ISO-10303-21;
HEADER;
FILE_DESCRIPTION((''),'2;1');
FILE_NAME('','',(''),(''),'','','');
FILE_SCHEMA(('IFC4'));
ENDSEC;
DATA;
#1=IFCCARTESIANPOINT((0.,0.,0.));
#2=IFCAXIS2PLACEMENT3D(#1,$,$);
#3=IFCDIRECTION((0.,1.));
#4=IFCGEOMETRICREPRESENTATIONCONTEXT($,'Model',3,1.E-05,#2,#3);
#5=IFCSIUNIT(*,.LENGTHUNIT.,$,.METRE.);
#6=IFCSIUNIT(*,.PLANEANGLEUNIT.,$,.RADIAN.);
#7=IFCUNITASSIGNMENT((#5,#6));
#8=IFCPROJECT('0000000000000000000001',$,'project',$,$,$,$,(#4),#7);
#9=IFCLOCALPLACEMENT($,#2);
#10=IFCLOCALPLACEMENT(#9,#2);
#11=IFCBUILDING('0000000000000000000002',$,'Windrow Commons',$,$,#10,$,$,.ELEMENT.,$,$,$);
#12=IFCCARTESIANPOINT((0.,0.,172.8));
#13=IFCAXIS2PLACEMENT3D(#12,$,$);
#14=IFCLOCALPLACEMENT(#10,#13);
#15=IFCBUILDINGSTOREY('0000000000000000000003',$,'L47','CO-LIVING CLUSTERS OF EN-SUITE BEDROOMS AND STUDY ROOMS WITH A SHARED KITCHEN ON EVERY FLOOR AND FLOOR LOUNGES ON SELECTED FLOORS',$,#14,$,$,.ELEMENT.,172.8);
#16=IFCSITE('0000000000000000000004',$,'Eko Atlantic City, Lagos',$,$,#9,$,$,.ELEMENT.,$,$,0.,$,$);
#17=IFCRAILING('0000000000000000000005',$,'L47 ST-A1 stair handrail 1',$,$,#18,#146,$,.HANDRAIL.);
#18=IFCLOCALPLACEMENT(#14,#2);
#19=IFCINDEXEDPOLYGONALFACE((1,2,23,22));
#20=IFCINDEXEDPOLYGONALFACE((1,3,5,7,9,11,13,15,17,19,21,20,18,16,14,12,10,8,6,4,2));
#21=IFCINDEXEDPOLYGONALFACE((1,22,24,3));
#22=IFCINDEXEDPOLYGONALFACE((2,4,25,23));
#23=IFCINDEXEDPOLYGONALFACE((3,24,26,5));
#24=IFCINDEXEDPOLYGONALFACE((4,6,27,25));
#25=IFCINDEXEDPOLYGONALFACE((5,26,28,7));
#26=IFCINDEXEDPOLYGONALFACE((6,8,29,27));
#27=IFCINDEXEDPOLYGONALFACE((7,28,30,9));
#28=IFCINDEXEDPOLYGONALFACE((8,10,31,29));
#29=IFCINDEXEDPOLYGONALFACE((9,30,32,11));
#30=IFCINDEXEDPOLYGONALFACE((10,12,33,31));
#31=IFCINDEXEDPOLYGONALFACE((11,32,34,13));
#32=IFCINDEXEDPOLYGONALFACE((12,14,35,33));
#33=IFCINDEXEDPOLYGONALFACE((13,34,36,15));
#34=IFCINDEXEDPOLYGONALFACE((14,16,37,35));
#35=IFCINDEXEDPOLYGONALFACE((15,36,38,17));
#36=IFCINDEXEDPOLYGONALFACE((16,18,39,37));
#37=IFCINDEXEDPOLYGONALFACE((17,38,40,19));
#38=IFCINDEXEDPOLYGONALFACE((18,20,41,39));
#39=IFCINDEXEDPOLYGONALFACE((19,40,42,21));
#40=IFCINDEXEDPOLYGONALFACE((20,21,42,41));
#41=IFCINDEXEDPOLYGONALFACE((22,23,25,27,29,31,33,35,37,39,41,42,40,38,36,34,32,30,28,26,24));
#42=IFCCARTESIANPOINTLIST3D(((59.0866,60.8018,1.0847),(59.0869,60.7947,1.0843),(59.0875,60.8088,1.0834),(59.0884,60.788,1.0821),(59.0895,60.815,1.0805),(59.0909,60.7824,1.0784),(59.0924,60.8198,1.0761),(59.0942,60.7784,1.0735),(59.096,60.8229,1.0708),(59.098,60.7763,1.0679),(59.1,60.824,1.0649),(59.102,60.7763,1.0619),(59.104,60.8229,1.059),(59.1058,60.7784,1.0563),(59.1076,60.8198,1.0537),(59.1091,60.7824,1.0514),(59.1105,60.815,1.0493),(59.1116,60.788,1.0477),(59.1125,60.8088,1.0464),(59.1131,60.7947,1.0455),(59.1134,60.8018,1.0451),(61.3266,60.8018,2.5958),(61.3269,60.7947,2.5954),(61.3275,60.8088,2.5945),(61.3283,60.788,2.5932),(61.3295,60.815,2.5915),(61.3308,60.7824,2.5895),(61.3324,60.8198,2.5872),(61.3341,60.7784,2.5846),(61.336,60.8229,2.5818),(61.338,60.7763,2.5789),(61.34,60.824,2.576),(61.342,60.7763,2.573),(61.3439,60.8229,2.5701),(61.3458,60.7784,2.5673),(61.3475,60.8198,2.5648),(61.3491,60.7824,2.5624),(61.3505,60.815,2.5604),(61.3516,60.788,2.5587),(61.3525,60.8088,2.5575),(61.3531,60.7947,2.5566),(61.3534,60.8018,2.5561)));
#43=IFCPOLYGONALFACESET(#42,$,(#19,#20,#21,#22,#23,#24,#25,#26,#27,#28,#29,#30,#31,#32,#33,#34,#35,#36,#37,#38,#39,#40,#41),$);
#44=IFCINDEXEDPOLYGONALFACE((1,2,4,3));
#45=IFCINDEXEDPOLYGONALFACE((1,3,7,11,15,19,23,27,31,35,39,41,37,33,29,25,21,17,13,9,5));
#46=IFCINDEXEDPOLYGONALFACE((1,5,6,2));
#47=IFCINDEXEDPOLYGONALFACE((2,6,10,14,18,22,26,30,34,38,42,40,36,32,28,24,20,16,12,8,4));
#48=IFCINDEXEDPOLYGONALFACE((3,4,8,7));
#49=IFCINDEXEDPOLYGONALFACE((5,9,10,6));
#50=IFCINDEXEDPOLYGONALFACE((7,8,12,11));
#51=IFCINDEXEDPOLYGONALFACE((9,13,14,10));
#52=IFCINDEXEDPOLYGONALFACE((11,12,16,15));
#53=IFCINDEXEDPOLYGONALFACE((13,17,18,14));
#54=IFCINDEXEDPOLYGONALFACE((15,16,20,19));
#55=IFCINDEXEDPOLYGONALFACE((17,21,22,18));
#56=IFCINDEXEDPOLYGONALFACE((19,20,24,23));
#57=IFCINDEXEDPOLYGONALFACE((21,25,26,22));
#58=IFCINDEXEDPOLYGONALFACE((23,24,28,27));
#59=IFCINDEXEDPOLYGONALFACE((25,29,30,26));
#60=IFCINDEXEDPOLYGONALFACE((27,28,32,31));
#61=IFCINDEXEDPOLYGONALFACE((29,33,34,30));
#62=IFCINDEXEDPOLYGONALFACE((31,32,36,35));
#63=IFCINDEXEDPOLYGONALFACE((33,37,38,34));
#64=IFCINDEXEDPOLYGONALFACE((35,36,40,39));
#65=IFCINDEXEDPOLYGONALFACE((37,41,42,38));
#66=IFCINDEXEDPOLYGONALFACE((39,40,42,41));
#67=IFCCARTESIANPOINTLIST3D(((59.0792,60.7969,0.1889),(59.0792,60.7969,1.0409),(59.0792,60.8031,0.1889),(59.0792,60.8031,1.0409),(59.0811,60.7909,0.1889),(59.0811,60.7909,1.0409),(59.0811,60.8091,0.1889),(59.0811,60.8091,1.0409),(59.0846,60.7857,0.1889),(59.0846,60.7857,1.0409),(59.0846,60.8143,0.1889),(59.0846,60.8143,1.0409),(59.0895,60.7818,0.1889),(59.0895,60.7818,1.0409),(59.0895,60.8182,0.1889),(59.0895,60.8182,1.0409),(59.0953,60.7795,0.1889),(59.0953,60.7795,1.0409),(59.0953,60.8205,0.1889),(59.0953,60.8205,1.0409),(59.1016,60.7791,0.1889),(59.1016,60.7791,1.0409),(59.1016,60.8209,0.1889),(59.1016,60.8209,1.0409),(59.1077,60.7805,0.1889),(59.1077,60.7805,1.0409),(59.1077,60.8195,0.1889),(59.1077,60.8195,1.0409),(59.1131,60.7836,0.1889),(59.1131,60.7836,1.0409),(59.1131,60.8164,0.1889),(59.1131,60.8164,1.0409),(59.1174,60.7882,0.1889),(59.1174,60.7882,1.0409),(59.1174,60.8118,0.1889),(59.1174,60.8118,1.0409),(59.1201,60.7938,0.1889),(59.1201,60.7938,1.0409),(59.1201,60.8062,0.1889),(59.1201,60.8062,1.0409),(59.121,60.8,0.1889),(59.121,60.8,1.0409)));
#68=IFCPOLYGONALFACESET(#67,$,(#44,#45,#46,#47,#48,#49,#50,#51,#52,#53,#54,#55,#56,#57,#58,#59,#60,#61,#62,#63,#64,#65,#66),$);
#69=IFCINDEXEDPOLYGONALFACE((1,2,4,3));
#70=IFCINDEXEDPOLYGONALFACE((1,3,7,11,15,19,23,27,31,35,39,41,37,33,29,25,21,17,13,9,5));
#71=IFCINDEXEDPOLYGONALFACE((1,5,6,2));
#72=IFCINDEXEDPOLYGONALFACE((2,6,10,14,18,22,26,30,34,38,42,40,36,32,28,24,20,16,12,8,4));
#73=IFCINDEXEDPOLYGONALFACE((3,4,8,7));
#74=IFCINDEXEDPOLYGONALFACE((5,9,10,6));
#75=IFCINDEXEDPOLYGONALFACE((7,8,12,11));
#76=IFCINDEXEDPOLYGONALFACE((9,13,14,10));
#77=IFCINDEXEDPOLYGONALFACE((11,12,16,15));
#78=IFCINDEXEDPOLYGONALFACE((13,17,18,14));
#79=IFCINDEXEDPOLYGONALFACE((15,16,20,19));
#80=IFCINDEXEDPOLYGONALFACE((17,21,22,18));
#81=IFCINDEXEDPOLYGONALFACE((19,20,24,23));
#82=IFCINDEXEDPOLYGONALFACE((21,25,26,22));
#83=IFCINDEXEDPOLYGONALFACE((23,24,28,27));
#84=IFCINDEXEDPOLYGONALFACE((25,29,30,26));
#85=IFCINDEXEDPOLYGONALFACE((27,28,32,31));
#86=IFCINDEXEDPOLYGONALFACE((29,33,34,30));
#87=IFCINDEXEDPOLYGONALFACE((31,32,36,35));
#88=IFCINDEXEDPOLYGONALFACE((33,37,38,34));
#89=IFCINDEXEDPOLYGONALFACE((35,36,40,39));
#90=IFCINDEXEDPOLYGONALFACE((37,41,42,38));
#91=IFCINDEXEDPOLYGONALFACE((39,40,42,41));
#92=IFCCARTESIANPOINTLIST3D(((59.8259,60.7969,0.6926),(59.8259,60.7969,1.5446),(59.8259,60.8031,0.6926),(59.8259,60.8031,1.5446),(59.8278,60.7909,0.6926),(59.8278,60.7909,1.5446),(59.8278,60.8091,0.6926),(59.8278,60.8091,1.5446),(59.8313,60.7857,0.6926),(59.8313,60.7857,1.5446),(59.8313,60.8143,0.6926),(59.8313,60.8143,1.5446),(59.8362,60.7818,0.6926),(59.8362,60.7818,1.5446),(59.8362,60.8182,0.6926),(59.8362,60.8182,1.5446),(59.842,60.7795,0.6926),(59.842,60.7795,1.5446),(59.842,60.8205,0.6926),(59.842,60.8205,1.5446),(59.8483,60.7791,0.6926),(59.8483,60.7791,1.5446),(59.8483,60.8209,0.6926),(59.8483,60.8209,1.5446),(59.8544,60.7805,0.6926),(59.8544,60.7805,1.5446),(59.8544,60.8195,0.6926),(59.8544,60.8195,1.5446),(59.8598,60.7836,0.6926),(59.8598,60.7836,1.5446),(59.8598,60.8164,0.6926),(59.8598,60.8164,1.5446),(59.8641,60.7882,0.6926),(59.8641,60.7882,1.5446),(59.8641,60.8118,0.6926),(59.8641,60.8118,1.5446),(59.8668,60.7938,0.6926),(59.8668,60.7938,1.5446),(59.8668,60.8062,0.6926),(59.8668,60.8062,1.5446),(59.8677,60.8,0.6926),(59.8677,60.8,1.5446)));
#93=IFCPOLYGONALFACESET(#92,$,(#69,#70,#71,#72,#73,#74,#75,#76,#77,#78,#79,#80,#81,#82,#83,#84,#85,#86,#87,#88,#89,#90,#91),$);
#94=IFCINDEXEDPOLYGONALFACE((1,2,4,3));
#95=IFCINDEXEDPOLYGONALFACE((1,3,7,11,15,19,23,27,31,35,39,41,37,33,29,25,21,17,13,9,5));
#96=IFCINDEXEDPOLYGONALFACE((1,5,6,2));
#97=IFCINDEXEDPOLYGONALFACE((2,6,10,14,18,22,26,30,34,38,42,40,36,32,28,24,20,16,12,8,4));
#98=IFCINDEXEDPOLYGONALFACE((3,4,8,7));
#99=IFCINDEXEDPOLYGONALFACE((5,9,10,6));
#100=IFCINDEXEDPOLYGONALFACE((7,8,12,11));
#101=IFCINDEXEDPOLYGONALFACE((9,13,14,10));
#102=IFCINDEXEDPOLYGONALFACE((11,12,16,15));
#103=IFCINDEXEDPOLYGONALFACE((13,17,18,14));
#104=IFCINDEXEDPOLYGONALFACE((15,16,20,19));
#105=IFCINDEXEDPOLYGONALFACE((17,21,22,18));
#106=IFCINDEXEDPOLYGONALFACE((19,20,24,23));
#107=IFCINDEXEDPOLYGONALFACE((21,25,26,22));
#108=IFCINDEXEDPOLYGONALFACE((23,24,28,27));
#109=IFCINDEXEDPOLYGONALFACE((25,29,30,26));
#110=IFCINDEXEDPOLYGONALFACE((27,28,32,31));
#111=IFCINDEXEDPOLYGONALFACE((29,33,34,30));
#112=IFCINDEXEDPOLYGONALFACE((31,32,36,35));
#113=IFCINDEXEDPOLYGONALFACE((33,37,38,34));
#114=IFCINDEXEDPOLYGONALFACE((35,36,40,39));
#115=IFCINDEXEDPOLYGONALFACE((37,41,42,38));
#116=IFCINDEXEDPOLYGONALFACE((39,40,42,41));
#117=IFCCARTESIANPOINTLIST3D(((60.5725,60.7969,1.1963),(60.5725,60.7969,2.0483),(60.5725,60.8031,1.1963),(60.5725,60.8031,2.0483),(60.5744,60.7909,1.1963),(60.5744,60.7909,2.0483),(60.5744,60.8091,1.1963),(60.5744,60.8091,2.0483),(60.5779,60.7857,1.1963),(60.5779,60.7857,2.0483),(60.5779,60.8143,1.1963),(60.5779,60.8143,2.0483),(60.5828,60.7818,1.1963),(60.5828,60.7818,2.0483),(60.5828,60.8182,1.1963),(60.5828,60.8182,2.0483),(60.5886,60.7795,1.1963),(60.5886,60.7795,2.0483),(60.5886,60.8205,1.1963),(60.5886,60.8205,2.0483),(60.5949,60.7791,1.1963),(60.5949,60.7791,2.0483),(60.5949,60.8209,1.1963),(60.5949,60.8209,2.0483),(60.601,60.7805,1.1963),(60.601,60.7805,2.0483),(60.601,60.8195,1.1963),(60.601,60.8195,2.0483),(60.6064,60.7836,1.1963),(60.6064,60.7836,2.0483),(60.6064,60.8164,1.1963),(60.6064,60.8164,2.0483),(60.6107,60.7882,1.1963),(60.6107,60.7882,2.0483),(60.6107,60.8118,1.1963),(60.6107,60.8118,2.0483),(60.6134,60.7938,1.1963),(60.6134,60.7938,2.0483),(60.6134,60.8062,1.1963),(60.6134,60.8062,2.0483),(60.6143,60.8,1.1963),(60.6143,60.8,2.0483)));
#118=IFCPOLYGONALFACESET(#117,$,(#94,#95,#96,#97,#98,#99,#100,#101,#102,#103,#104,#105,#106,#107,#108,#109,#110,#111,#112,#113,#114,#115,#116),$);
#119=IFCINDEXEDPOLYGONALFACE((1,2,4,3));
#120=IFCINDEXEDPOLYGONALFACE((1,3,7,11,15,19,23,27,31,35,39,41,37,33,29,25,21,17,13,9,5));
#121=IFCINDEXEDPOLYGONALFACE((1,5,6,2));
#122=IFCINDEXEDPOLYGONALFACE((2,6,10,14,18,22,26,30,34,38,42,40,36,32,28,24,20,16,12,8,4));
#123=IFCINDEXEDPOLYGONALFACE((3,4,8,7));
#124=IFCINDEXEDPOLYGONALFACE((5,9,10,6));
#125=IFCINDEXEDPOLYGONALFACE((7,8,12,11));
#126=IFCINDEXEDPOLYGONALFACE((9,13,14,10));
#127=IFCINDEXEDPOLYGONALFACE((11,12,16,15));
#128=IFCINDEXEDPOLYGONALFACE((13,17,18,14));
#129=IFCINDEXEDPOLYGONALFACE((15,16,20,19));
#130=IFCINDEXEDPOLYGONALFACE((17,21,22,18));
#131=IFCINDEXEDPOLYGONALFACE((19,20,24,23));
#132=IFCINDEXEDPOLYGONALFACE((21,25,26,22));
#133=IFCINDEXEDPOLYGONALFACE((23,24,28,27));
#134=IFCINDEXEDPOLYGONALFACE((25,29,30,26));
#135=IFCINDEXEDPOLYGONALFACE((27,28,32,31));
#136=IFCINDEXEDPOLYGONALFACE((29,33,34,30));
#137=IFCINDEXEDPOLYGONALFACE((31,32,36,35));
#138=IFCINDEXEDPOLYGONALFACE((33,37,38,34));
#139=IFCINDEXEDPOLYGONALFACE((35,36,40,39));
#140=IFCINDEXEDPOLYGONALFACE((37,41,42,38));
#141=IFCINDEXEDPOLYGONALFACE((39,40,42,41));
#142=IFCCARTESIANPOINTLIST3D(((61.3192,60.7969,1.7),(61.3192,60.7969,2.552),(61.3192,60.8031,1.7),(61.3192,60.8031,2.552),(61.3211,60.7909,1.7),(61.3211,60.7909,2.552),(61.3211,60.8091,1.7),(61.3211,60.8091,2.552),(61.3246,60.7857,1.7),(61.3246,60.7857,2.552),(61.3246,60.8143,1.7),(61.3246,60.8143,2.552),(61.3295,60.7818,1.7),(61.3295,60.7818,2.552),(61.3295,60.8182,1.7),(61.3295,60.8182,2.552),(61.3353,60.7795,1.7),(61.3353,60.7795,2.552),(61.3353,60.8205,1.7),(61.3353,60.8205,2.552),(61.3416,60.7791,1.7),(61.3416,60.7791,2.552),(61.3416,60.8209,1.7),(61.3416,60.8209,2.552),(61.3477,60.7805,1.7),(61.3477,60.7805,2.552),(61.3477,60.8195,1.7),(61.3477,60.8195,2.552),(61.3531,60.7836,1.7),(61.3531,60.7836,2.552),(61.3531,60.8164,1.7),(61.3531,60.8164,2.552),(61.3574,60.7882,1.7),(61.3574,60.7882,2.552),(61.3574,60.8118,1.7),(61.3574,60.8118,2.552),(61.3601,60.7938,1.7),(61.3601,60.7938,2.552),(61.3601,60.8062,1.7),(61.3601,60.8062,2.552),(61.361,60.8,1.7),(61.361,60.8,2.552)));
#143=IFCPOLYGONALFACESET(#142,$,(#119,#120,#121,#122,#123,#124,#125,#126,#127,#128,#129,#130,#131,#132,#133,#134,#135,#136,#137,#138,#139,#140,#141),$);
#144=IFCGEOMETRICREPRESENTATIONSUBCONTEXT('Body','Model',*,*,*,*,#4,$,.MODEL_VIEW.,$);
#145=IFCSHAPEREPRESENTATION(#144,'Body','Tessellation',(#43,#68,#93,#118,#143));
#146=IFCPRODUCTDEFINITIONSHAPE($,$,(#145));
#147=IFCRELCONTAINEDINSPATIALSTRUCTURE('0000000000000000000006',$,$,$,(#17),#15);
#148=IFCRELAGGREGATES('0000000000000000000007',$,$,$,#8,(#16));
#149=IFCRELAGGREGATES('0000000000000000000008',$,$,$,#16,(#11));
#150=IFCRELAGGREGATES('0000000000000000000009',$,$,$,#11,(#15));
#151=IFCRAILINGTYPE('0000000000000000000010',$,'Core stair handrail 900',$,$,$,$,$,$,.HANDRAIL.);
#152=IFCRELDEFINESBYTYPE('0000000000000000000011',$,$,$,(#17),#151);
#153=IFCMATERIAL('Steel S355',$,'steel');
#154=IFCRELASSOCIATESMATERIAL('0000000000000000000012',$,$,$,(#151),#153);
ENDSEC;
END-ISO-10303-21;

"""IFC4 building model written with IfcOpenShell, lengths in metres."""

from ifc_helpers import new_model, si_unit, direction, frame, origin, origin_2d, place, context, subcontext, project, spatial, circle, extrude, material, type_object, element, save


model = new_model("IFC4")

# Units and contexts
model_context = context("Model", 3, precision=1e-05, world=origin(), true_north=direction((0.0, 1.0)))
body_context = subcontext(model_context, "Body", "Model", "MODEL_VIEW")
ifc_project = project(units=[si_unit("LENGTHUNIT", "METRE"), si_unit("PLANEANGLEUNIT", "RADIAN")], contexts=[model_context])

# Site, building, storey
site_placement = place(None, origin())
site = spatial("IfcSite", under=ifc_project, at=site_placement, Name="Eko Atlantic City, Lagos", CompositionType="ELEMENT", RefElevation=0.0)
building_placement = place(site_placement, origin())
building = spatial("IfcBuilding", under=site, at=building_placement, Name="Windrow Commons", CompositionType="ELEMENT")
storey_placement = place(building_placement, frame((0.0, 0.0, 172.8)))
storey = spatial("IfcBuildingStorey", under=building, at=storey_placement, Name="L47", Description="CO-LIVING CLUSTERS OF EN-SUITE BEDROOMS AND STUDY ROOMS WITH A SHARED KITCHEN ON EVERY FLOOR AND FLOOR LOUNGES ON SELECTED FLOORS", CompositionType="ELEMENT", Elevation=172.8)

# Railing
ifc_material_1 = material(Name="Steel S355", Category="steel")
railing_type_1 = type_object("IfcRailingType", Name="Core stair handrail 900", PredefinedType="HANDRAIL", material=ifc_material_1)
railing_1_placement = place(storey_placement, frame((59.1, 60.8, 0.1889)))
element("IfcRailing", 1, at=railing_1_placement, inside=storey, type_object=railing_type_1, Name="L47 ST-A1 stair handrail 1", PredefinedType="HANDRAIL", context=body_context, shape_type="SweptSolid", body=[
    extrude(circle(Radius=0.024, at=origin_2d()), frame((0.0, 0.0, 0.876), z_axis=(0.829003, 0.0, 0.559244), x_axis=(0.0, 1.0, 0.0)), (0.0, 0.0, 1.0), 2.702),
    extrude(circle(Radius=0.021, at=origin_2d()), origin(), (0.0, 0.0, 1.0), 0.852),
    extrude(circle(Radius=0.021, at=origin_2d()), frame((0.7467, 0.0, 0.5037)), (0.0, 0.0, 1.0), 0.852),
    extrude(circle(Radius=0.021, at=origin_2d()), frame((1.4933, 0.0, 1.0074)), (0.0, 0.0, 1.0), 0.852),
    extrude(circle(Radius=0.021, at=origin_2d()), frame((2.24, 0.0, 1.5111)), (0.0, 0.0, 1.0), 0.852),
])

save(model, "model.ifc")
